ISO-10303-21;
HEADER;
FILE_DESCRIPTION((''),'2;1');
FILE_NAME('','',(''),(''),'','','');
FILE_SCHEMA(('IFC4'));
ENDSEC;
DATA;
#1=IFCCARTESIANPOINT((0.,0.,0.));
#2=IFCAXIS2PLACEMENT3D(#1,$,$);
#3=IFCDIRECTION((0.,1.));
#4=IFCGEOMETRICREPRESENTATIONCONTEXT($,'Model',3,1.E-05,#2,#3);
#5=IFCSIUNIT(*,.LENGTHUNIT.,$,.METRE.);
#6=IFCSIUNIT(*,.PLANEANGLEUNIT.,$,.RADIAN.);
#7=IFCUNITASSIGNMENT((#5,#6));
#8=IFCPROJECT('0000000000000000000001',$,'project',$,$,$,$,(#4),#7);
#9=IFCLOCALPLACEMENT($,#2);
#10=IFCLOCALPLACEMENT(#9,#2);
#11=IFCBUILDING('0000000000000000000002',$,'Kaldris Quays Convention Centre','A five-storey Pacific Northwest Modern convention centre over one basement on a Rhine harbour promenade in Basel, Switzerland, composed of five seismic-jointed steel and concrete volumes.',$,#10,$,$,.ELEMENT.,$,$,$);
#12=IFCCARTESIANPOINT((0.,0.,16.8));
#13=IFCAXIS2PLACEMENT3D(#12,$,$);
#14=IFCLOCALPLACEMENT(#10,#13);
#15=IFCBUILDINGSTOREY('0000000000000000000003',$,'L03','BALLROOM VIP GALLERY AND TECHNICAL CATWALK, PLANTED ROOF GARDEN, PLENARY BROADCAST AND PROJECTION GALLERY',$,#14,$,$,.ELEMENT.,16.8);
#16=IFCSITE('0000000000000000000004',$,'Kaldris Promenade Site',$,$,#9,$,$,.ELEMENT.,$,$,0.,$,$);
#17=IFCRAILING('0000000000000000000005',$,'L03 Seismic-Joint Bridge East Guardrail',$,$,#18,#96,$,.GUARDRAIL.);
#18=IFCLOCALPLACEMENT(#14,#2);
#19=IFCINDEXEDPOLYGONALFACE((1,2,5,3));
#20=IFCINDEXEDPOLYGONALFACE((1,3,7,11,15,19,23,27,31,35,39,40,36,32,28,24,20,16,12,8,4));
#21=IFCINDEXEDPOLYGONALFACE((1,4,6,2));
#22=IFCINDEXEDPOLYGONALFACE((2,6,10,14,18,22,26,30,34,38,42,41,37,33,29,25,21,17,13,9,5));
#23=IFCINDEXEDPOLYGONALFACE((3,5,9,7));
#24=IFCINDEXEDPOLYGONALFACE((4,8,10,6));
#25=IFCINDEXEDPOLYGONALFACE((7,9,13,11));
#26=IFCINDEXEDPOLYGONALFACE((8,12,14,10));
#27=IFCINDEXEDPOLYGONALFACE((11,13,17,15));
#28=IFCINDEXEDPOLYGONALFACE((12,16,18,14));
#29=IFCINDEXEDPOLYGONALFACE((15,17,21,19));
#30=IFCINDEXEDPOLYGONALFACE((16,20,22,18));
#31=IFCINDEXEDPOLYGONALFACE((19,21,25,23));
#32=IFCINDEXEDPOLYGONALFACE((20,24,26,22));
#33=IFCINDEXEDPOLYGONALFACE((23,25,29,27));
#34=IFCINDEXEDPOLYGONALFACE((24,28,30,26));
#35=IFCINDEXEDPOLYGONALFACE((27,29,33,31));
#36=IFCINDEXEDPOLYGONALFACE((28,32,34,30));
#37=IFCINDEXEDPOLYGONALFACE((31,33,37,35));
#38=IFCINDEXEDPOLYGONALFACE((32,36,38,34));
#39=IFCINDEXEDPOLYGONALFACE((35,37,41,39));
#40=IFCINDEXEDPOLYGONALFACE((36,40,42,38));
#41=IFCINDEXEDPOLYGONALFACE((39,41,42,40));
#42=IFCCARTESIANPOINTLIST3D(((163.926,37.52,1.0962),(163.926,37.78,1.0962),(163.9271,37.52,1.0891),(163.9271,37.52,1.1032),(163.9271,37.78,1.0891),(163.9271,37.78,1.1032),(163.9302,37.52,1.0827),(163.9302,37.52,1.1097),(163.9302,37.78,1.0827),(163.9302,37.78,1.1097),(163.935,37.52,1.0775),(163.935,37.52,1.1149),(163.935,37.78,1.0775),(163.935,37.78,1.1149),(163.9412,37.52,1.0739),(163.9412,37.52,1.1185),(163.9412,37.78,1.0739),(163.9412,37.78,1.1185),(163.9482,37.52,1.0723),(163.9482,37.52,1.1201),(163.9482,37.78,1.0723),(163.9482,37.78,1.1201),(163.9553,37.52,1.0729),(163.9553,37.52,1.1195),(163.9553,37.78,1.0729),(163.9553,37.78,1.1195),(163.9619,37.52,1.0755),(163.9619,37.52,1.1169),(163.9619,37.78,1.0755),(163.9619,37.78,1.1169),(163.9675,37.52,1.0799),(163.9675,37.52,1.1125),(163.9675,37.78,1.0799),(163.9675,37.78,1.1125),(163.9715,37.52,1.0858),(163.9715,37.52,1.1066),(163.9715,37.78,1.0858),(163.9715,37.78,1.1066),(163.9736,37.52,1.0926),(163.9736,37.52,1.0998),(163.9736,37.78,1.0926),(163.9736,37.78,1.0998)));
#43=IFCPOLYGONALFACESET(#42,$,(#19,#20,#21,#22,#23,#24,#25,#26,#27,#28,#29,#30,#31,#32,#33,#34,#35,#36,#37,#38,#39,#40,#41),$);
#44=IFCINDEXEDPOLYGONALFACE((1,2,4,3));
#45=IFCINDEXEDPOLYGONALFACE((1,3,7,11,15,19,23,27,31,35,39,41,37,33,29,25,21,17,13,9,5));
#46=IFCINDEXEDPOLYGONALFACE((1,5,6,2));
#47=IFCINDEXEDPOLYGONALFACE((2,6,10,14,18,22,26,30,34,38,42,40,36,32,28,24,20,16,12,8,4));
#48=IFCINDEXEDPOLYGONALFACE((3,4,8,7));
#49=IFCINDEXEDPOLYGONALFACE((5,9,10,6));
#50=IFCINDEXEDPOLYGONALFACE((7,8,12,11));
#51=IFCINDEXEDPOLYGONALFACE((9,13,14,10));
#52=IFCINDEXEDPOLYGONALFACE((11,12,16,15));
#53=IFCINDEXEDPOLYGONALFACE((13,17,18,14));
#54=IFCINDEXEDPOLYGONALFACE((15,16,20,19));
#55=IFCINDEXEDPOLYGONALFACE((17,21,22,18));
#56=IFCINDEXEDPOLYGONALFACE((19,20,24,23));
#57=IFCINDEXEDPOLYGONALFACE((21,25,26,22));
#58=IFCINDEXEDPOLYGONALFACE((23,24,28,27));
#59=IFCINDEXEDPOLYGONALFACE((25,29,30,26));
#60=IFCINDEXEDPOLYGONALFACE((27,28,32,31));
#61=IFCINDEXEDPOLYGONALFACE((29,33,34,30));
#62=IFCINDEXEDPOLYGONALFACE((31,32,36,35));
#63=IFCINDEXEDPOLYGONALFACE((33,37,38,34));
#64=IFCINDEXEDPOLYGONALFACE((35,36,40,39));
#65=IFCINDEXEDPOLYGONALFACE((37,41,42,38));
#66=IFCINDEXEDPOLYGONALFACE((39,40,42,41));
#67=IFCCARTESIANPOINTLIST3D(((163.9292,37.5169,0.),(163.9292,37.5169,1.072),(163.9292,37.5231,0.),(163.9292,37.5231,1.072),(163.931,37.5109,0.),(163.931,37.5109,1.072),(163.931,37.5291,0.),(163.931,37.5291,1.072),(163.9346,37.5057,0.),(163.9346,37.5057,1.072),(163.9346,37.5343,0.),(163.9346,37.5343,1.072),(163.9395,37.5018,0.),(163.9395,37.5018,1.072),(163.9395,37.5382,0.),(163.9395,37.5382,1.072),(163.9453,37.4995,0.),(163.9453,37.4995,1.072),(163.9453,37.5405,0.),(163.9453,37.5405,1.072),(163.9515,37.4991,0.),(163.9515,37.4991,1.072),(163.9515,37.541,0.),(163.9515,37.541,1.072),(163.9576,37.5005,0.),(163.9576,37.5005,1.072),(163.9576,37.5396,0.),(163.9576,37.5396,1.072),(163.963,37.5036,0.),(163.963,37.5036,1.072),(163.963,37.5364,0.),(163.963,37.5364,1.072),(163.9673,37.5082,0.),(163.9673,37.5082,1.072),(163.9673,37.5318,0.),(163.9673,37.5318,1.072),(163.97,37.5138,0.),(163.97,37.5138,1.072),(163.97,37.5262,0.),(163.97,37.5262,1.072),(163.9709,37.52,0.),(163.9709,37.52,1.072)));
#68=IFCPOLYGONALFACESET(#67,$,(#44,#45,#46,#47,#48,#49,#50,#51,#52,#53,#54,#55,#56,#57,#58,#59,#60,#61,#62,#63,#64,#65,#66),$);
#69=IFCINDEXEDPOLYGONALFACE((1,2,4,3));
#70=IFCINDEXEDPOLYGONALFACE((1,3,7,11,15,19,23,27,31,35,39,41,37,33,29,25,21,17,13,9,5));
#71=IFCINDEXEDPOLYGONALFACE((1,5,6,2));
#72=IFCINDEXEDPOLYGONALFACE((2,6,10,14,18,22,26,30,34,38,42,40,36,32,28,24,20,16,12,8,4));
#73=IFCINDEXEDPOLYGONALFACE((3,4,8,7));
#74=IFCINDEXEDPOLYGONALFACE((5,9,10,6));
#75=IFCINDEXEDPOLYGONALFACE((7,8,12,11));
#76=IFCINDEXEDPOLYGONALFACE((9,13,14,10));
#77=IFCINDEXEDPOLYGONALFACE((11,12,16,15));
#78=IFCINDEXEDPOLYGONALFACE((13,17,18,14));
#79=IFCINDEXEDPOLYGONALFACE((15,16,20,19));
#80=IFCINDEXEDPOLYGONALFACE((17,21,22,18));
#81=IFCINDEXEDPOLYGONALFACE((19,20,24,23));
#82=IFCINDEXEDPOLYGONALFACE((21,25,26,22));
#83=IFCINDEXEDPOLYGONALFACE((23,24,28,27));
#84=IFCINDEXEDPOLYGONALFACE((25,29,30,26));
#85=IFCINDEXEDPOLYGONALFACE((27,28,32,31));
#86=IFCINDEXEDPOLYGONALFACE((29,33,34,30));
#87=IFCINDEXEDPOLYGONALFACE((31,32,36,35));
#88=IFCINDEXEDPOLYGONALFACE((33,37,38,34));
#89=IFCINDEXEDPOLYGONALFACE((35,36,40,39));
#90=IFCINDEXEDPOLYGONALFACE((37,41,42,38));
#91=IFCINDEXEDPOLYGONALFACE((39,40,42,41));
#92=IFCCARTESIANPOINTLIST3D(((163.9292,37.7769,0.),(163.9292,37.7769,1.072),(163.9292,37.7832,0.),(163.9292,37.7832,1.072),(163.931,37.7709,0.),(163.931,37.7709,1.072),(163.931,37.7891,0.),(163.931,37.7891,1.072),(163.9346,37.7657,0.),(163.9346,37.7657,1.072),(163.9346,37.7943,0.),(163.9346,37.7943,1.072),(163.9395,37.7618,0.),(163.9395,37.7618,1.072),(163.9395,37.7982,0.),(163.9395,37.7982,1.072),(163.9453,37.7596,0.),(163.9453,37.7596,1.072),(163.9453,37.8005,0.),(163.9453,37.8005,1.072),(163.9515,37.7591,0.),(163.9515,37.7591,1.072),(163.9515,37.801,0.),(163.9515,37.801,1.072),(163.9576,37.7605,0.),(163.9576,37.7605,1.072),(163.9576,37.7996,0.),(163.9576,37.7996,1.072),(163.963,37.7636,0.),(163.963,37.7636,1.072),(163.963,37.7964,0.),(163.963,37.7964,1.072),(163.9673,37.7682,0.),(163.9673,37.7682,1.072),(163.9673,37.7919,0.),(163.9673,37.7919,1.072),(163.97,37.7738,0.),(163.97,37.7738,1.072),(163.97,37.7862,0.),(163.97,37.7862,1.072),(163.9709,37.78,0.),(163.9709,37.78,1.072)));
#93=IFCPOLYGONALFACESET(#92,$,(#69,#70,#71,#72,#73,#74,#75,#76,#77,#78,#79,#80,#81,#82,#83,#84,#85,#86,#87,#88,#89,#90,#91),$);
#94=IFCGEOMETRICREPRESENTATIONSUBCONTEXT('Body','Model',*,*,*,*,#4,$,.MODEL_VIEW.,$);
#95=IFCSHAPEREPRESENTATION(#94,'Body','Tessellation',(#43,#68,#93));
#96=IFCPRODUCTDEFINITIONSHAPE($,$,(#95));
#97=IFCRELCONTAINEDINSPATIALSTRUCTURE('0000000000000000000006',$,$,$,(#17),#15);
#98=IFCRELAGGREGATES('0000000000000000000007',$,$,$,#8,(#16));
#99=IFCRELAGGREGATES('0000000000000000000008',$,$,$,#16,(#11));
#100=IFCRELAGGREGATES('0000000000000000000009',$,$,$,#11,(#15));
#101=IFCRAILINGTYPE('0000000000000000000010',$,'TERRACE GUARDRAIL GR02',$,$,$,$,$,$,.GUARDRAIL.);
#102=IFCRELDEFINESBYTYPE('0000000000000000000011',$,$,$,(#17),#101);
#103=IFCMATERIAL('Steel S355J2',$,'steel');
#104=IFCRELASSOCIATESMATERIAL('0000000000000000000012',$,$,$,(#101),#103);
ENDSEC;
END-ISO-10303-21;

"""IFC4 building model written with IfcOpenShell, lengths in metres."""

from ifc_helpers import new_model, si_unit, direction, frame, origin, origin_2d, place, context, subcontext, project, spatial, circle, extrude, material, type_object, element, save


model = new_model("IFC4")

# Units and contexts
model_context = context("Model", 3, precision=1e-05, world=origin(), true_north=direction((0.0, 1.0)))
body_context = subcontext(model_context, "Body", "Model", "MODEL_VIEW")
ifc_project = project(units=[si_unit("LENGTHUNIT", "METRE"), si_unit("PLANEANGLEUNIT", "RADIAN")], contexts=[model_context])

# Site, building, storey
site_placement = place(None, origin())
site = spatial("IfcSite", under=ifc_project, at=site_placement, Name="Kaldris Promenade Site", CompositionType="ELEMENT", RefElevation=0.0)
building_placement = place(site_placement, origin())
building = spatial("IfcBuilding", under=site, at=building_placement, Name="Kaldris Quays Convention Centre", Description="A five-storey Pacific Northwest Modern convention centre over one basement on a Rhine harbour promenade in Basel, Switzerland, composed of five seismic-jointed steel and concrete volumes.", CompositionType="ELEMENT")
storey_placement = place(building_placement, frame((0.0, 0.0, 16.8)))
storey = spatial("IfcBuildingStorey", under=building, at=storey_placement, Name="L03", Description="BALLROOM VIP GALLERY AND TECHNICAL CATWALK, PLANTED ROOF GARDEN, PLENARY BROADCAST AND PROJECTION GALLERY", CompositionType="ELEMENT", Elevation=16.8)

# Shared definitions
ifc_material_1 = material(Name="Steel S355J2", Category="steel")

# Railing
railing_type_1 = type_object("IfcRailingType", Name="TERRACE GUARDRAIL GR02", PredefinedType="GUARDRAIL", material=ifc_material_1)
for number, where, name in (
    (1, (163.95, 37.52, 0.0), "L03 Seismic-Joint Bridge East Guardrail"),
):
    element("IfcRailing", number, at=place(storey_placement, frame(where)), inside=storey, type_object=railing_type_1, Name=name, PredefinedType="GUARDRAIL", context=body_context, shape_type="SweptSolid", body=[
        extrude(circle(Radius=0.0239, at=origin_2d()), frame((0.0, 0.0, 1.0962), z_axis=(0.0, 1.0, 0.0), x_axis=(-1.0, 0.0, 0.0)), (0.0, 0.0, 1.0), 0.26),
        extrude(circle(Radius=0.021, at=origin_2d()), origin(), (0.0, 0.0, 1.0), 1.072),
        extrude(circle(Radius=0.021, at=origin_2d()), frame((0.0, 0.26, 0.0)), (0.0, 0.0, 1.0), 1.072),
    ])

save(model, "model.ifc")
